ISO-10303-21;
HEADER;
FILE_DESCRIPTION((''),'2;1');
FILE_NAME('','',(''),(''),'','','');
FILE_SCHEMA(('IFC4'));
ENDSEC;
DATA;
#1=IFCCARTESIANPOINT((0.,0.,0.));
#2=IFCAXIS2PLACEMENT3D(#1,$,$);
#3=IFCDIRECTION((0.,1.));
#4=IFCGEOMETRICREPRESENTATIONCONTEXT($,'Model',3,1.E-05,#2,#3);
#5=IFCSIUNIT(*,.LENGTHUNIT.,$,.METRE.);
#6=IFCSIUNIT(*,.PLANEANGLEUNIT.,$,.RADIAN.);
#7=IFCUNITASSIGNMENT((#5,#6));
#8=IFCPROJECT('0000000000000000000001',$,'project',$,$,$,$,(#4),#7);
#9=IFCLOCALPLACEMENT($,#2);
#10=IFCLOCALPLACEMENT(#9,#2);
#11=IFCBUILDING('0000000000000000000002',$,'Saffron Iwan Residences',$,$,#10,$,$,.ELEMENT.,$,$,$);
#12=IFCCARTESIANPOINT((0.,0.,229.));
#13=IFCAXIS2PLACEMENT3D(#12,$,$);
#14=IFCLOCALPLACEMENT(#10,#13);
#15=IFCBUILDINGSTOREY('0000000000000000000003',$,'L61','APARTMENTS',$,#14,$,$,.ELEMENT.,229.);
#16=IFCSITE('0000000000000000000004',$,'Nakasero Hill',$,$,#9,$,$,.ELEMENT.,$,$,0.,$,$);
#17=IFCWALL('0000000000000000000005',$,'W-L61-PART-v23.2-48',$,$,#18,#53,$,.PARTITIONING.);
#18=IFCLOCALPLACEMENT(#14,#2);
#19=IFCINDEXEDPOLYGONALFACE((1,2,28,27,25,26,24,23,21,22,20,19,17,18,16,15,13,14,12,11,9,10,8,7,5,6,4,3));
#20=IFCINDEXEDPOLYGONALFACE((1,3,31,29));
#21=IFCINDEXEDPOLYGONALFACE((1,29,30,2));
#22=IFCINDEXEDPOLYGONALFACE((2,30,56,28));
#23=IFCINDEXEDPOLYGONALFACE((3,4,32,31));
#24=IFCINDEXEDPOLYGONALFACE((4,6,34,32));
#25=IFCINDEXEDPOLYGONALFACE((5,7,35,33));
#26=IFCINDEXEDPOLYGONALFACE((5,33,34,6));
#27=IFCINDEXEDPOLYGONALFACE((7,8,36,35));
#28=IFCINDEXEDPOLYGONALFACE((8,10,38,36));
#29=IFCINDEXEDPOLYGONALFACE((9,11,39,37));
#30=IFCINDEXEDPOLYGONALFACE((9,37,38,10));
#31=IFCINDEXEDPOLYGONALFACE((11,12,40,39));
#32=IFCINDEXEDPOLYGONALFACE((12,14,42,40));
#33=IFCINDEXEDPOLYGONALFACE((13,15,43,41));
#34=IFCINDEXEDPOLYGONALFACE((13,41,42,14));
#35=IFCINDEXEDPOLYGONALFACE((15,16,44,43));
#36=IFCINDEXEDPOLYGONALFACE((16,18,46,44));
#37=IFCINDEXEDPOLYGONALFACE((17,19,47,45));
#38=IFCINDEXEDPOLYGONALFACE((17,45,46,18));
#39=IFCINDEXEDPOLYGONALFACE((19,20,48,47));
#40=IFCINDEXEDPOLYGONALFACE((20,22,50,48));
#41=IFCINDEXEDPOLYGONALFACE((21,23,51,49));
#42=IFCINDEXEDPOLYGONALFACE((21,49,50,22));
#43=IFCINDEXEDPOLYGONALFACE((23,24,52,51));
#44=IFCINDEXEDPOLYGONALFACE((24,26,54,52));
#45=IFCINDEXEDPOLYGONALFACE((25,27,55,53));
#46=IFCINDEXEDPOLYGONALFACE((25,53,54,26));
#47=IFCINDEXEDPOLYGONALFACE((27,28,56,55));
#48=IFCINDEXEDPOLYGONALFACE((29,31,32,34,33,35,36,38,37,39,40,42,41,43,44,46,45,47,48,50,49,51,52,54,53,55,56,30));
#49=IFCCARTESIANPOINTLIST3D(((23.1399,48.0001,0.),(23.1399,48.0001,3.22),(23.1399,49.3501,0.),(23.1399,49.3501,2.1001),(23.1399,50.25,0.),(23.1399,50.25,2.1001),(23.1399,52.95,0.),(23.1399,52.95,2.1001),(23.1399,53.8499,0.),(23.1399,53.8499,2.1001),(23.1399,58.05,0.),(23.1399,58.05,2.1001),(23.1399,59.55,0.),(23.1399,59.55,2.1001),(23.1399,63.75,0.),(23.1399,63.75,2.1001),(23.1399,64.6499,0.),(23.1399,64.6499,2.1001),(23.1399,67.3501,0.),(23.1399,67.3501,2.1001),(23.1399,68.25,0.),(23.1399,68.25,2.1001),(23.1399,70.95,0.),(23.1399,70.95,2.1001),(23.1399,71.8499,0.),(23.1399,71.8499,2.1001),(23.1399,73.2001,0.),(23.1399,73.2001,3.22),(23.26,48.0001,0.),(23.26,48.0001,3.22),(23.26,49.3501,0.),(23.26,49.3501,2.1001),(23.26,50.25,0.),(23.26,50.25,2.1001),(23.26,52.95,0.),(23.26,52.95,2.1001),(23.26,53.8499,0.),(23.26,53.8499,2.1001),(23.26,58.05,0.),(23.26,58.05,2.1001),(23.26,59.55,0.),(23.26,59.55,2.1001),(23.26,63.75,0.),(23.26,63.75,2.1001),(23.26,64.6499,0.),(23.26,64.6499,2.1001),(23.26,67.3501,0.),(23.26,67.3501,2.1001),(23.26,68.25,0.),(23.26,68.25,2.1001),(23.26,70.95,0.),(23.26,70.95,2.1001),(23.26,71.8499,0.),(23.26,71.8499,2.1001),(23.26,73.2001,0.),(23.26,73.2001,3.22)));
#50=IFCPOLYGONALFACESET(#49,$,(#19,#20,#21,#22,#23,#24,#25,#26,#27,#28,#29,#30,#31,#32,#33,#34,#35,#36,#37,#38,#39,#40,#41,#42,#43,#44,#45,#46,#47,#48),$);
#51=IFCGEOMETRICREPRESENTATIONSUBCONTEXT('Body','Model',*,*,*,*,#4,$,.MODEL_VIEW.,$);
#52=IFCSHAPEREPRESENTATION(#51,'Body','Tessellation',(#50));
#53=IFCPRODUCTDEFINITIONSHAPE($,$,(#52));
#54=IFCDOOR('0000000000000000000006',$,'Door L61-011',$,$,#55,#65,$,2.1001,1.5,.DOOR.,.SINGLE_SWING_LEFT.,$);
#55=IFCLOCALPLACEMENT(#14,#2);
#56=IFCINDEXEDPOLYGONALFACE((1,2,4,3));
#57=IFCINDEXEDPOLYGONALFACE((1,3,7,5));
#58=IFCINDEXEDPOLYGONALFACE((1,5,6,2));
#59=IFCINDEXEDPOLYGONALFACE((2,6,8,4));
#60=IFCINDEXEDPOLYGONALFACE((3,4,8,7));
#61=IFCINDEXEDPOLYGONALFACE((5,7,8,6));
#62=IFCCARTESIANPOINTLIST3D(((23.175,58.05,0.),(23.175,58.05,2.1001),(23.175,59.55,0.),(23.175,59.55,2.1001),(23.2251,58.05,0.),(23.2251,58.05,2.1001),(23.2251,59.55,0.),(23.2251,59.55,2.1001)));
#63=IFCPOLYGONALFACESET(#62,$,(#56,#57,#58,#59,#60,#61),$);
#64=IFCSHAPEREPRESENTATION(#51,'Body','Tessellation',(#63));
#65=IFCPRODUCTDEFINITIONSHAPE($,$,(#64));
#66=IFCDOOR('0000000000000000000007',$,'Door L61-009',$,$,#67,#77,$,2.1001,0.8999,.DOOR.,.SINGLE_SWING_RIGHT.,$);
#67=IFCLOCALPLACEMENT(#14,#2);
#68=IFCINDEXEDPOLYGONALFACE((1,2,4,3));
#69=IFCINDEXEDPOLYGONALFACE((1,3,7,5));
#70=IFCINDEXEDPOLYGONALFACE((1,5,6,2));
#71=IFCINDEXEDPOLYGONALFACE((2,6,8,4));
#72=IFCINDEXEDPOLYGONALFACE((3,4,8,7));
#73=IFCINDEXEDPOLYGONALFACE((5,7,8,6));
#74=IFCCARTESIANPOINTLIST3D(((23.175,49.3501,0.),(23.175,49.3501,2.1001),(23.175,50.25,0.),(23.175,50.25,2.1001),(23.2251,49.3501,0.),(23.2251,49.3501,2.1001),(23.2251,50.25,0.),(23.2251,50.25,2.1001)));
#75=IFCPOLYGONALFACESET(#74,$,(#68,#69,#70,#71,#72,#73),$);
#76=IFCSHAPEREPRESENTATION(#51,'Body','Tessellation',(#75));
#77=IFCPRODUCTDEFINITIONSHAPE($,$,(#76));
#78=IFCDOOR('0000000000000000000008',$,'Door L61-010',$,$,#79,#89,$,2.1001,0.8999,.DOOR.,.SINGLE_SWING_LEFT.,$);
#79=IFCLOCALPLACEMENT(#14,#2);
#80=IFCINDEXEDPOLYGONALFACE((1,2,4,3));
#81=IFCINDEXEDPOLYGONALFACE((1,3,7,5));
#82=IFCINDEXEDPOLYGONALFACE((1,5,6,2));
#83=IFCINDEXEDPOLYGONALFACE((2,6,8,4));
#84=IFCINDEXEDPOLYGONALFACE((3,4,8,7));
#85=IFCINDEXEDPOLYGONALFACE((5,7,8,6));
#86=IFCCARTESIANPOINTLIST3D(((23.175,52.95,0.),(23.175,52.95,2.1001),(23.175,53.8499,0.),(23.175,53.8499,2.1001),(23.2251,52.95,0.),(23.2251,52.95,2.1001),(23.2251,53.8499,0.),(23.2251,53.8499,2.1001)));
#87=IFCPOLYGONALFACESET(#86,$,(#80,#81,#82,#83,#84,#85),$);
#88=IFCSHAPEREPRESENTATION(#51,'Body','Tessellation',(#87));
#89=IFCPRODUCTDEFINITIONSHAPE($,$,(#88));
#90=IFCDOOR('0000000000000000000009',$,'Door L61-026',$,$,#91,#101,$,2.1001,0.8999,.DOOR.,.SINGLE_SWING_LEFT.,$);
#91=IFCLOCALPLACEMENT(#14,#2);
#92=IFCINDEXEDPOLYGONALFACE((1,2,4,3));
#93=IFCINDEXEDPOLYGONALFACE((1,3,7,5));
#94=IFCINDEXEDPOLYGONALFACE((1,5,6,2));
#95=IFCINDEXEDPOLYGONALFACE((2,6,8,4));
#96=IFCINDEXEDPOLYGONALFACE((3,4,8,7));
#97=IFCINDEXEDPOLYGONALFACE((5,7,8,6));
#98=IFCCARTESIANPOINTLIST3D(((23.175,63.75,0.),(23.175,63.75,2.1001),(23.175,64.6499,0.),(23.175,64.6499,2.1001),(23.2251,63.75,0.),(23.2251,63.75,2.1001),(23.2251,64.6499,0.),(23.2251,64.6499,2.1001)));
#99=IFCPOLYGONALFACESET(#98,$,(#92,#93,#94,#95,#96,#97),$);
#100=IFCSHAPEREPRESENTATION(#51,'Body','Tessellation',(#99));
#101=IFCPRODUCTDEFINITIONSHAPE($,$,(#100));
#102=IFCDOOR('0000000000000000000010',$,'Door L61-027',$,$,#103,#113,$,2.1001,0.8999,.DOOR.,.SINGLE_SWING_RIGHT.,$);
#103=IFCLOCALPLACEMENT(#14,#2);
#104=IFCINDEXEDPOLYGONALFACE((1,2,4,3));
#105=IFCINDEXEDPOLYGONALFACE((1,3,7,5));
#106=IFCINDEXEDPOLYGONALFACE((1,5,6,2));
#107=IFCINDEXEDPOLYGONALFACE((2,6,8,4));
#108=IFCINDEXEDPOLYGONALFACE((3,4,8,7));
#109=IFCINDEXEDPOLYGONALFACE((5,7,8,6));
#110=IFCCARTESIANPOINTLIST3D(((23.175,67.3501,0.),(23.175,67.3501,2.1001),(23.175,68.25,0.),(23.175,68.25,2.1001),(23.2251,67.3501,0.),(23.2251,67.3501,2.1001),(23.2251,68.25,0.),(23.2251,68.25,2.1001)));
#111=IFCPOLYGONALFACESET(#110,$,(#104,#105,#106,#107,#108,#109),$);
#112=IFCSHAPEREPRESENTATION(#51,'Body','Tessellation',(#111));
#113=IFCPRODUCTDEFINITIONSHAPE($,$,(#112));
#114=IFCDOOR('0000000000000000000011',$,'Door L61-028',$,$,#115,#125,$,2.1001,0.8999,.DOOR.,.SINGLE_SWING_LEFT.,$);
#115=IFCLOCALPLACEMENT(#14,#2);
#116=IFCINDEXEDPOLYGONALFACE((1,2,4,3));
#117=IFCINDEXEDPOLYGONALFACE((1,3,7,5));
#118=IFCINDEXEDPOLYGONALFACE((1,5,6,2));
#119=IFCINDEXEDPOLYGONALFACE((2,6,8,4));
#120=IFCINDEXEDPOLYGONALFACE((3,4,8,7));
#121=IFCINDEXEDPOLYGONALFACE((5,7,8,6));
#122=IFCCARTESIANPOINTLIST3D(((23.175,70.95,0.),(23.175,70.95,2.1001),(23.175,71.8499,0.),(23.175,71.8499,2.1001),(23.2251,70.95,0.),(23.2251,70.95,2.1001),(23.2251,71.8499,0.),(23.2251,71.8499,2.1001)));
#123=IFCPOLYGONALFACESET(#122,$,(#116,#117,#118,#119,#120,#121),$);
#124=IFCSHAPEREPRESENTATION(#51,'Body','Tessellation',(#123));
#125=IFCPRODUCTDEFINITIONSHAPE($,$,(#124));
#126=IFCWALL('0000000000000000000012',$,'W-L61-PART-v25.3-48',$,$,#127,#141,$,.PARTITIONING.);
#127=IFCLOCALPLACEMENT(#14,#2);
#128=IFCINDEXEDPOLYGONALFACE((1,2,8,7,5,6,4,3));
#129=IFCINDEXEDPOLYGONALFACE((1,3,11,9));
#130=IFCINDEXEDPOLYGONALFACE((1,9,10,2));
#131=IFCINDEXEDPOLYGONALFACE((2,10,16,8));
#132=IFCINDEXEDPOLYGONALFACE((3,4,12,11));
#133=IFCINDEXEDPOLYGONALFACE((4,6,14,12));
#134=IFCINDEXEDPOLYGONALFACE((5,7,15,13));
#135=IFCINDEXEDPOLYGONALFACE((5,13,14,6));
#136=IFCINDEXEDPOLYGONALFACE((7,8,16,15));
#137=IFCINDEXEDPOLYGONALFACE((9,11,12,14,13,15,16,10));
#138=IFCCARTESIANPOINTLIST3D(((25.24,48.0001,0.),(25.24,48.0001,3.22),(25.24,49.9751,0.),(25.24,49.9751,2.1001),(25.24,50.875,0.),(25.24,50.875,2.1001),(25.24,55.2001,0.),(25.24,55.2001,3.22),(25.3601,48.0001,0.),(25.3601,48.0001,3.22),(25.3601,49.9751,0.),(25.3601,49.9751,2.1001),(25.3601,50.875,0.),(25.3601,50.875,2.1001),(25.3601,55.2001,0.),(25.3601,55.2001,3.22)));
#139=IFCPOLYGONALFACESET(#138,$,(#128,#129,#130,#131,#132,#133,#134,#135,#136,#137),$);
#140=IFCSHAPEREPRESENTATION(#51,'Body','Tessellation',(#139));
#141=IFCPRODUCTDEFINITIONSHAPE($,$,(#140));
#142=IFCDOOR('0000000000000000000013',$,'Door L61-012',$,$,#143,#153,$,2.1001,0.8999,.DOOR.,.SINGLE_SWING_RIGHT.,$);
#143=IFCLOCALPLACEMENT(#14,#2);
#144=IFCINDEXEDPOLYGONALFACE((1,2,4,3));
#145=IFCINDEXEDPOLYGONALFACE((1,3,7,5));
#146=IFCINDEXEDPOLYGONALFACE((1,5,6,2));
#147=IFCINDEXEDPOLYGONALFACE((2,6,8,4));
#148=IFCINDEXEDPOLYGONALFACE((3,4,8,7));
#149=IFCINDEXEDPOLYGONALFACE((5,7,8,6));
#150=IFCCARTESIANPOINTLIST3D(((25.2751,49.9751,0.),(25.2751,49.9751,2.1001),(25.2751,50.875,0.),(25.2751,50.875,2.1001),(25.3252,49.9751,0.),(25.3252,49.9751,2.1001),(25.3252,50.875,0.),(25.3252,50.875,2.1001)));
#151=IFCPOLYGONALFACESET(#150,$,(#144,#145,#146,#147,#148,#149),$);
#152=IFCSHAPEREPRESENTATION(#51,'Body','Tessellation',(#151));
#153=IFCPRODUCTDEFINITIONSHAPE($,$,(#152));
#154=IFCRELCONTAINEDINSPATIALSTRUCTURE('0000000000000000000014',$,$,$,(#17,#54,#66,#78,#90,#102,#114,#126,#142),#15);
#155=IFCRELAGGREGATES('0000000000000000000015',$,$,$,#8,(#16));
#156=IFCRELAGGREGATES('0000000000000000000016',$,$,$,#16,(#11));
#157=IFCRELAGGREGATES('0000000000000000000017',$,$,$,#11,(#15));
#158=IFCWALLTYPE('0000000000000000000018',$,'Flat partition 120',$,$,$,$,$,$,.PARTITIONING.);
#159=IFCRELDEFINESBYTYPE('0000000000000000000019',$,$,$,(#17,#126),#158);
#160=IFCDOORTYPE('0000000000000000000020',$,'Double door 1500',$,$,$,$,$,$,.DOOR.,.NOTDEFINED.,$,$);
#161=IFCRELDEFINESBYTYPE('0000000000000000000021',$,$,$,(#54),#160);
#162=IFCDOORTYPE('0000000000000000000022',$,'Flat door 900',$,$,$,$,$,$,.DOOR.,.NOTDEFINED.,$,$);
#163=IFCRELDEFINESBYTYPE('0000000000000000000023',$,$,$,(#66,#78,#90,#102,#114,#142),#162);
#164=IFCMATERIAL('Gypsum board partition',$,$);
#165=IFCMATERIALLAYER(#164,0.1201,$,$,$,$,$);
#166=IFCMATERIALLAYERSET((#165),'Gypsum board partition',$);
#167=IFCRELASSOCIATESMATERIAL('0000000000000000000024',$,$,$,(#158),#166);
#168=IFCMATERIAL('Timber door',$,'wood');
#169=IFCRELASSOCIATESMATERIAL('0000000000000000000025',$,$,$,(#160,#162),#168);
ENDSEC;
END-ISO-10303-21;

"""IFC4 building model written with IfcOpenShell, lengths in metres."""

from ifc_helpers import new_model, si_unit, direction, frame, frame_2d, origin, place, context, subcontext, project, spatial, rectangle, extrude, material, layer, layer_set, type_object, element, fill, save


model = new_model("IFC4")

# Units and contexts
model_context = context("Model", 3, precision=1e-05, world=origin(), true_north=direction((0.0, 1.0)))
body_context = subcontext(model_context, "Body", "Model", "MODEL_VIEW")
ifc_project = project(units=[si_unit("LENGTHUNIT", "METRE"), si_unit("PLANEANGLEUNIT", "RADIAN")], contexts=[model_context])

# Site, building, storey
site_placement = place(None, origin())
site = spatial("IfcSite", under=ifc_project, at=site_placement, Name="Nakasero Hill", CompositionType="ELEMENT", RefElevation=0.0)
building_placement = place(site_placement, origin())
building = spatial("IfcBuilding", under=site, at=building_placement, Name="Saffron Iwan Residences", CompositionType="ELEMENT")
storey_placement = place(building_placement, frame((0.0, 0.0, 229.0)))
storey = spatial("IfcBuildingStorey", under=building, at=storey_placement, Name="L61", Description="APARTMENTS", CompositionType="ELEMENT", Elevation=229.0)

# Shared definitions
ifc_material_1 = material(Name="Gypsum board partition")
ifc_layer_1 = layer(ifc_material_1, 0.1201)
ifc_layer_set_1 = layer_set([ifc_layer_1], Name="Gypsum board partition")
wall_type_1 = type_object("IfcWallType", Name="Flat partition 120", PredefinedType="PARTITIONING", material=ifc_layer_set_1)

# Wall, openings, doors
wall_1_placement = place(storey_placement, frame((23.2, 48.0, 0.0), z_axis=(0.0, 0.0, 1.0), x_axis=(0.0, 1.0, 0.0)))
wall_1 = element("IfcWall", 1, at=wall_1_placement, inside=storey, type_object=wall_type_1, Name="W-L61-PART-v23.2-48", PredefinedType="PARTITIONING", context=body_context, shape_type="SweptSolid", body=[
    extrude(rectangle(XDim=25.2, YDim=0.1201, at=frame_2d((12.6001, 0.0))), origin(), (0.0, 0.0, 1.0), 3.22),
])
opening_1_placement = place(wall_1_placement, frame((1.3501, 0.0, 0.0)))
opening_1 = element("IfcOpeningElement", 2, at=opening_1_placement, cuts=wall_1, PredefinedType="OPENING", context=body_context, shape_type="SweptSolid", body=[
    extrude(rectangle(XDim=0.8999, YDim=2.1001, at=frame_2d((0.45, 1.05))), frame((0.0, 0.0701, 0.0), z_axis=(0.0, -1.0, 0.0), x_axis=(1.0, 0.0, 0.0)), (0.0, 0.0, 1.0), 0.1401),
])
opening_2_placement = place(wall_1_placement, frame((4.95, 0.0, 0.0)))
opening_2 = element("IfcOpeningElement", 3, at=opening_2_placement, cuts=wall_1, PredefinedType="OPENING", context=body_context, shape_type="SweptSolid", body=[
    extrude(rectangle(XDim=0.8999, YDim=2.1001, at=frame_2d((0.45, 1.05))), frame((0.0, 0.0701, 0.0), z_axis=(0.0, -1.0, 0.0), x_axis=(1.0, 0.0, 0.0)), (0.0, 0.0, 1.0), 0.1401),
])
opening_3_placement = place(wall_1_placement, frame((10.05, 0.0, 0.0)))
opening_3 = element("IfcOpeningElement", 4, at=opening_3_placement, cuts=wall_1, PredefinedType="OPENING", context=body_context, shape_type="SweptSolid", body=[
    extrude(rectangle(XDim=1.5, YDim=2.1001, at=frame_2d((0.75, 1.05))), frame((0.0, 0.0701, 0.0), z_axis=(0.0, -1.0, 0.0), x_axis=(1.0, 0.0, 0.0)), (0.0, 0.0, 1.0), 0.1401),
])
opening_4_placement = place(wall_1_placement, frame((15.75, 0.0, 0.0)))
opening_4 = element("IfcOpeningElement", 5, at=opening_4_placement, cuts=wall_1, PredefinedType="OPENING", context=body_context, shape_type="SweptSolid", body=[
    extrude(rectangle(XDim=0.8999, YDim=2.1001, at=frame_2d((0.45, 1.05))), frame((0.0, 0.0701, 0.0), z_axis=(0.0, -1.0, 0.0), x_axis=(1.0, 0.0, 0.0)), (0.0, 0.0, 1.0), 0.1401),
])
opening_5_placement = place(wall_1_placement, frame((19.3501, 0.0, 0.0)))
opening_5 = element("IfcOpeningElement", 6, at=opening_5_placement, cuts=wall_1, PredefinedType="OPENING", context=body_context, shape_type="SweptSolid", body=[
    extrude(rectangle(XDim=0.8999, YDim=2.1001, at=frame_2d((0.45, 1.05))), frame((0.0, 0.0701, 0.0), z_axis=(0.0, -1.0, 0.0), x_axis=(1.0, 0.0, 0.0)), (0.0, 0.0, 1.0), 0.1401),
])
opening_6_placement = place(wall_1_placement, frame((22.95, 0.0, 0.0)))
opening_6 = element("IfcOpeningElement", 7, at=opening_6_placement, cuts=wall_1, PredefinedType="OPENING", context=body_context, shape_type="SweptSolid", body=[
    extrude(rectangle(XDim=0.8999, YDim=2.1001, at=frame_2d((0.45, 1.05))), frame((0.0, 0.0701, 0.0), z_axis=(0.0, -1.0, 0.0), x_axis=(1.0, 0.0, 0.0)), (0.0, 0.0, 1.0), 0.1401),
])
ifc_material_2 = material(Name="Timber door", Category="wood")
door_type_1 = type_object("IfcDoorType", Name="Double door 1500", OperationType="NOTDEFINED", PredefinedType="DOOR", material=ifc_material_2)
door_1_placement = place(opening_3_placement, origin())
door_1 = element("IfcDoor", 8, at=door_1_placement, inside=storey, type_object=door_type_1, Name="Door L61-011", OperationType="SINGLE_SWING_LEFT", OverallHeight=2.1001, OverallWidth=1.5, PredefinedType="DOOR", context=body_context, shape_type="SweptSolid", body=[
    extrude(rectangle(XDim=1.5, YDim=2.1001, at=frame_2d((0.75, 1.05))), frame((0.0, 0.0249, 0.0), z_axis=(0.0, -1.0, 0.0), x_axis=(1.0, 0.0, 0.0)), (0.0, 0.0, 1.0), 0.05),
])
fill(opening_3, door_1)
door_type_2 = type_object("IfcDoorType", Name="Flat door 900", OperationType="NOTDEFINED", PredefinedType="DOOR", material=ifc_material_2)
door_2_placement = place(opening_1_placement, origin())
door_2 = element("IfcDoor", 9, at=door_2_placement, inside=storey, type_object=door_type_2, Name="Door L61-009", OperationType="SINGLE_SWING_RIGHT", OverallHeight=2.1001, OverallWidth=0.8999, PredefinedType="DOOR", context=body_context, shape_type="SweptSolid", body=[
    extrude(rectangle(XDim=0.8999, YDim=2.1001, at=frame_2d((0.45, 1.05))), frame((0.0, 0.0249, 0.0), z_axis=(0.0, -1.0, 0.0), x_axis=(1.0, 0.0, 0.0)), (0.0, 0.0, 1.0), 0.05),
])
fill(opening_1, door_2)
door_3_placement = place(opening_2_placement, origin())
door_3 = element("IfcDoor", 10, at=door_3_placement, inside=storey, type_object=door_type_2, Name="Door L61-010", OperationType="SINGLE_SWING_LEFT", OverallHeight=2.1001, OverallWidth=0.8999, PredefinedType="DOOR", context=body_context, shape_type="SweptSolid", body=[
    extrude(rectangle(XDim=0.8999, YDim=2.1001, at=frame_2d((0.45, 1.05))), frame((0.0, 0.0249, 0.0), z_axis=(0.0, -1.0, 0.0), x_axis=(1.0, 0.0, 0.0)), (0.0, 0.0, 1.0), 0.05),
])
fill(opening_2, door_3)
door_4_placement = place(opening_4_placement, origin())
door_4 = element("IfcDoor", 11, at=door_4_placement, inside=storey, type_object=door_type_2, Name="Door L61-026", OperationType="SINGLE_SWING_LEFT", OverallHeight=2.1001, OverallWidth=0.8999, PredefinedType="DOOR", context=body_context, shape_type="SweptSolid", body=[
    extrude(rectangle(XDim=0.8999, YDim=2.1001, at=frame_2d((0.45, 1.05))), frame((0.0, 0.0249, 0.0), z_axis=(0.0, -1.0, 0.0), x_axis=(1.0, 0.0, 0.0)), (0.0, 0.0, 1.0), 0.05),
])
fill(opening_4, door_4)
door_5_placement = place(opening_5_placement, origin())
door_5 = element("IfcDoor", 12, at=door_5_placement, inside=storey, type_object=door_type_2, Name="Door L61-027", OperationType="SINGLE_SWING_RIGHT", OverallHeight=2.1001, OverallWidth=0.8999, PredefinedType="DOOR", context=body_context, shape_type="SweptSolid", body=[
    extrude(rectangle(XDim=0.8999, YDim=2.1001, at=frame_2d((0.45, 1.05))), frame((0.0, 0.0249, 0.0), z_axis=(0.0, -1.0, 0.0), x_axis=(1.0, 0.0, 0.0)), (0.0, 0.0, 1.0), 0.05),
])
fill(opening_5, door_5)
door_6_placement = place(opening_6_placement, origin())
door_6 = element("IfcDoor", 13, at=door_6_placement, inside=storey, type_object=door_type_2, Name="Door L61-028", OperationType="SINGLE_SWING_LEFT", OverallHeight=2.1001, OverallWidth=0.8999, PredefinedType="DOOR", context=body_context, shape_type="SweptSolid", body=[
    extrude(rectangle(XDim=0.8999, YDim=2.1001, at=frame_2d((0.45, 1.05))), frame((0.0, 0.0249, 0.0), z_axis=(0.0, -1.0, 0.0), x_axis=(1.0, 0.0, 0.0)), (0.0, 0.0, 1.0), 0.05),
])
fill(opening_6, door_6)

# Wall, opening, door
wall_2_placement = place(storey_placement, frame((25.3, 48.0, 0.0), z_axis=(0.0, 0.0, 1.0), x_axis=(0.0, 1.0, 0.0)))
wall_2 = element("IfcWall", 14, at=wall_2_placement, inside=storey, type_object=wall_type_1, Name="W-L61-PART-v25.3-48", PredefinedType="PARTITIONING", context=body_context, shape_type="SweptSolid", body=[
    extrude(rectangle(XDim=7.2, YDim=0.1201, at=frame_2d((3.6001, 0.0))), origin(), (0.0, 0.0, 1.0), 3.22),
])
opening_7_placement = place(wall_2_placement, frame((1.9751, 0.0, 0.0)))
opening_7 = element("IfcOpeningElement", 15, at=opening_7_placement, cuts=wall_2, PredefinedType="OPENING", context=body_context, shape_type="SweptSolid", body=[
    extrude(rectangle(XDim=0.8999, YDim=2.1001, at=frame_2d((0.45, 1.05))), frame((0.0, 0.0701, 0.0), z_axis=(0.0, -1.0, 0.0), x_axis=(1.0, 0.0, 0.0)), (0.0, 0.0, 1.0), 0.1401),
])
door_7_placement = place(opening_7_placement, origin())
door_7 = element("IfcDoor", 16, at=door_7_placement, inside=storey, type_object=door_type_2, Name="Door L61-012", OperationType="SINGLE_SWING_RIGHT", OverallHeight=2.1001, OverallWidth=0.8999, PredefinedType="DOOR", context=body_context, shape_type="SweptSolid", body=[
    extrude(rectangle(XDim=0.8999, YDim=2.1001, at=frame_2d((0.45, 1.05))), frame((0.0, 0.0249, 0.0), z_axis=(0.0, -1.0, 0.0), x_axis=(1.0, 0.0, 0.0)), (0.0, 0.0, 1.0), 0.05),
])
fill(opening_7, door_7)

save(model, "model.ifc")
